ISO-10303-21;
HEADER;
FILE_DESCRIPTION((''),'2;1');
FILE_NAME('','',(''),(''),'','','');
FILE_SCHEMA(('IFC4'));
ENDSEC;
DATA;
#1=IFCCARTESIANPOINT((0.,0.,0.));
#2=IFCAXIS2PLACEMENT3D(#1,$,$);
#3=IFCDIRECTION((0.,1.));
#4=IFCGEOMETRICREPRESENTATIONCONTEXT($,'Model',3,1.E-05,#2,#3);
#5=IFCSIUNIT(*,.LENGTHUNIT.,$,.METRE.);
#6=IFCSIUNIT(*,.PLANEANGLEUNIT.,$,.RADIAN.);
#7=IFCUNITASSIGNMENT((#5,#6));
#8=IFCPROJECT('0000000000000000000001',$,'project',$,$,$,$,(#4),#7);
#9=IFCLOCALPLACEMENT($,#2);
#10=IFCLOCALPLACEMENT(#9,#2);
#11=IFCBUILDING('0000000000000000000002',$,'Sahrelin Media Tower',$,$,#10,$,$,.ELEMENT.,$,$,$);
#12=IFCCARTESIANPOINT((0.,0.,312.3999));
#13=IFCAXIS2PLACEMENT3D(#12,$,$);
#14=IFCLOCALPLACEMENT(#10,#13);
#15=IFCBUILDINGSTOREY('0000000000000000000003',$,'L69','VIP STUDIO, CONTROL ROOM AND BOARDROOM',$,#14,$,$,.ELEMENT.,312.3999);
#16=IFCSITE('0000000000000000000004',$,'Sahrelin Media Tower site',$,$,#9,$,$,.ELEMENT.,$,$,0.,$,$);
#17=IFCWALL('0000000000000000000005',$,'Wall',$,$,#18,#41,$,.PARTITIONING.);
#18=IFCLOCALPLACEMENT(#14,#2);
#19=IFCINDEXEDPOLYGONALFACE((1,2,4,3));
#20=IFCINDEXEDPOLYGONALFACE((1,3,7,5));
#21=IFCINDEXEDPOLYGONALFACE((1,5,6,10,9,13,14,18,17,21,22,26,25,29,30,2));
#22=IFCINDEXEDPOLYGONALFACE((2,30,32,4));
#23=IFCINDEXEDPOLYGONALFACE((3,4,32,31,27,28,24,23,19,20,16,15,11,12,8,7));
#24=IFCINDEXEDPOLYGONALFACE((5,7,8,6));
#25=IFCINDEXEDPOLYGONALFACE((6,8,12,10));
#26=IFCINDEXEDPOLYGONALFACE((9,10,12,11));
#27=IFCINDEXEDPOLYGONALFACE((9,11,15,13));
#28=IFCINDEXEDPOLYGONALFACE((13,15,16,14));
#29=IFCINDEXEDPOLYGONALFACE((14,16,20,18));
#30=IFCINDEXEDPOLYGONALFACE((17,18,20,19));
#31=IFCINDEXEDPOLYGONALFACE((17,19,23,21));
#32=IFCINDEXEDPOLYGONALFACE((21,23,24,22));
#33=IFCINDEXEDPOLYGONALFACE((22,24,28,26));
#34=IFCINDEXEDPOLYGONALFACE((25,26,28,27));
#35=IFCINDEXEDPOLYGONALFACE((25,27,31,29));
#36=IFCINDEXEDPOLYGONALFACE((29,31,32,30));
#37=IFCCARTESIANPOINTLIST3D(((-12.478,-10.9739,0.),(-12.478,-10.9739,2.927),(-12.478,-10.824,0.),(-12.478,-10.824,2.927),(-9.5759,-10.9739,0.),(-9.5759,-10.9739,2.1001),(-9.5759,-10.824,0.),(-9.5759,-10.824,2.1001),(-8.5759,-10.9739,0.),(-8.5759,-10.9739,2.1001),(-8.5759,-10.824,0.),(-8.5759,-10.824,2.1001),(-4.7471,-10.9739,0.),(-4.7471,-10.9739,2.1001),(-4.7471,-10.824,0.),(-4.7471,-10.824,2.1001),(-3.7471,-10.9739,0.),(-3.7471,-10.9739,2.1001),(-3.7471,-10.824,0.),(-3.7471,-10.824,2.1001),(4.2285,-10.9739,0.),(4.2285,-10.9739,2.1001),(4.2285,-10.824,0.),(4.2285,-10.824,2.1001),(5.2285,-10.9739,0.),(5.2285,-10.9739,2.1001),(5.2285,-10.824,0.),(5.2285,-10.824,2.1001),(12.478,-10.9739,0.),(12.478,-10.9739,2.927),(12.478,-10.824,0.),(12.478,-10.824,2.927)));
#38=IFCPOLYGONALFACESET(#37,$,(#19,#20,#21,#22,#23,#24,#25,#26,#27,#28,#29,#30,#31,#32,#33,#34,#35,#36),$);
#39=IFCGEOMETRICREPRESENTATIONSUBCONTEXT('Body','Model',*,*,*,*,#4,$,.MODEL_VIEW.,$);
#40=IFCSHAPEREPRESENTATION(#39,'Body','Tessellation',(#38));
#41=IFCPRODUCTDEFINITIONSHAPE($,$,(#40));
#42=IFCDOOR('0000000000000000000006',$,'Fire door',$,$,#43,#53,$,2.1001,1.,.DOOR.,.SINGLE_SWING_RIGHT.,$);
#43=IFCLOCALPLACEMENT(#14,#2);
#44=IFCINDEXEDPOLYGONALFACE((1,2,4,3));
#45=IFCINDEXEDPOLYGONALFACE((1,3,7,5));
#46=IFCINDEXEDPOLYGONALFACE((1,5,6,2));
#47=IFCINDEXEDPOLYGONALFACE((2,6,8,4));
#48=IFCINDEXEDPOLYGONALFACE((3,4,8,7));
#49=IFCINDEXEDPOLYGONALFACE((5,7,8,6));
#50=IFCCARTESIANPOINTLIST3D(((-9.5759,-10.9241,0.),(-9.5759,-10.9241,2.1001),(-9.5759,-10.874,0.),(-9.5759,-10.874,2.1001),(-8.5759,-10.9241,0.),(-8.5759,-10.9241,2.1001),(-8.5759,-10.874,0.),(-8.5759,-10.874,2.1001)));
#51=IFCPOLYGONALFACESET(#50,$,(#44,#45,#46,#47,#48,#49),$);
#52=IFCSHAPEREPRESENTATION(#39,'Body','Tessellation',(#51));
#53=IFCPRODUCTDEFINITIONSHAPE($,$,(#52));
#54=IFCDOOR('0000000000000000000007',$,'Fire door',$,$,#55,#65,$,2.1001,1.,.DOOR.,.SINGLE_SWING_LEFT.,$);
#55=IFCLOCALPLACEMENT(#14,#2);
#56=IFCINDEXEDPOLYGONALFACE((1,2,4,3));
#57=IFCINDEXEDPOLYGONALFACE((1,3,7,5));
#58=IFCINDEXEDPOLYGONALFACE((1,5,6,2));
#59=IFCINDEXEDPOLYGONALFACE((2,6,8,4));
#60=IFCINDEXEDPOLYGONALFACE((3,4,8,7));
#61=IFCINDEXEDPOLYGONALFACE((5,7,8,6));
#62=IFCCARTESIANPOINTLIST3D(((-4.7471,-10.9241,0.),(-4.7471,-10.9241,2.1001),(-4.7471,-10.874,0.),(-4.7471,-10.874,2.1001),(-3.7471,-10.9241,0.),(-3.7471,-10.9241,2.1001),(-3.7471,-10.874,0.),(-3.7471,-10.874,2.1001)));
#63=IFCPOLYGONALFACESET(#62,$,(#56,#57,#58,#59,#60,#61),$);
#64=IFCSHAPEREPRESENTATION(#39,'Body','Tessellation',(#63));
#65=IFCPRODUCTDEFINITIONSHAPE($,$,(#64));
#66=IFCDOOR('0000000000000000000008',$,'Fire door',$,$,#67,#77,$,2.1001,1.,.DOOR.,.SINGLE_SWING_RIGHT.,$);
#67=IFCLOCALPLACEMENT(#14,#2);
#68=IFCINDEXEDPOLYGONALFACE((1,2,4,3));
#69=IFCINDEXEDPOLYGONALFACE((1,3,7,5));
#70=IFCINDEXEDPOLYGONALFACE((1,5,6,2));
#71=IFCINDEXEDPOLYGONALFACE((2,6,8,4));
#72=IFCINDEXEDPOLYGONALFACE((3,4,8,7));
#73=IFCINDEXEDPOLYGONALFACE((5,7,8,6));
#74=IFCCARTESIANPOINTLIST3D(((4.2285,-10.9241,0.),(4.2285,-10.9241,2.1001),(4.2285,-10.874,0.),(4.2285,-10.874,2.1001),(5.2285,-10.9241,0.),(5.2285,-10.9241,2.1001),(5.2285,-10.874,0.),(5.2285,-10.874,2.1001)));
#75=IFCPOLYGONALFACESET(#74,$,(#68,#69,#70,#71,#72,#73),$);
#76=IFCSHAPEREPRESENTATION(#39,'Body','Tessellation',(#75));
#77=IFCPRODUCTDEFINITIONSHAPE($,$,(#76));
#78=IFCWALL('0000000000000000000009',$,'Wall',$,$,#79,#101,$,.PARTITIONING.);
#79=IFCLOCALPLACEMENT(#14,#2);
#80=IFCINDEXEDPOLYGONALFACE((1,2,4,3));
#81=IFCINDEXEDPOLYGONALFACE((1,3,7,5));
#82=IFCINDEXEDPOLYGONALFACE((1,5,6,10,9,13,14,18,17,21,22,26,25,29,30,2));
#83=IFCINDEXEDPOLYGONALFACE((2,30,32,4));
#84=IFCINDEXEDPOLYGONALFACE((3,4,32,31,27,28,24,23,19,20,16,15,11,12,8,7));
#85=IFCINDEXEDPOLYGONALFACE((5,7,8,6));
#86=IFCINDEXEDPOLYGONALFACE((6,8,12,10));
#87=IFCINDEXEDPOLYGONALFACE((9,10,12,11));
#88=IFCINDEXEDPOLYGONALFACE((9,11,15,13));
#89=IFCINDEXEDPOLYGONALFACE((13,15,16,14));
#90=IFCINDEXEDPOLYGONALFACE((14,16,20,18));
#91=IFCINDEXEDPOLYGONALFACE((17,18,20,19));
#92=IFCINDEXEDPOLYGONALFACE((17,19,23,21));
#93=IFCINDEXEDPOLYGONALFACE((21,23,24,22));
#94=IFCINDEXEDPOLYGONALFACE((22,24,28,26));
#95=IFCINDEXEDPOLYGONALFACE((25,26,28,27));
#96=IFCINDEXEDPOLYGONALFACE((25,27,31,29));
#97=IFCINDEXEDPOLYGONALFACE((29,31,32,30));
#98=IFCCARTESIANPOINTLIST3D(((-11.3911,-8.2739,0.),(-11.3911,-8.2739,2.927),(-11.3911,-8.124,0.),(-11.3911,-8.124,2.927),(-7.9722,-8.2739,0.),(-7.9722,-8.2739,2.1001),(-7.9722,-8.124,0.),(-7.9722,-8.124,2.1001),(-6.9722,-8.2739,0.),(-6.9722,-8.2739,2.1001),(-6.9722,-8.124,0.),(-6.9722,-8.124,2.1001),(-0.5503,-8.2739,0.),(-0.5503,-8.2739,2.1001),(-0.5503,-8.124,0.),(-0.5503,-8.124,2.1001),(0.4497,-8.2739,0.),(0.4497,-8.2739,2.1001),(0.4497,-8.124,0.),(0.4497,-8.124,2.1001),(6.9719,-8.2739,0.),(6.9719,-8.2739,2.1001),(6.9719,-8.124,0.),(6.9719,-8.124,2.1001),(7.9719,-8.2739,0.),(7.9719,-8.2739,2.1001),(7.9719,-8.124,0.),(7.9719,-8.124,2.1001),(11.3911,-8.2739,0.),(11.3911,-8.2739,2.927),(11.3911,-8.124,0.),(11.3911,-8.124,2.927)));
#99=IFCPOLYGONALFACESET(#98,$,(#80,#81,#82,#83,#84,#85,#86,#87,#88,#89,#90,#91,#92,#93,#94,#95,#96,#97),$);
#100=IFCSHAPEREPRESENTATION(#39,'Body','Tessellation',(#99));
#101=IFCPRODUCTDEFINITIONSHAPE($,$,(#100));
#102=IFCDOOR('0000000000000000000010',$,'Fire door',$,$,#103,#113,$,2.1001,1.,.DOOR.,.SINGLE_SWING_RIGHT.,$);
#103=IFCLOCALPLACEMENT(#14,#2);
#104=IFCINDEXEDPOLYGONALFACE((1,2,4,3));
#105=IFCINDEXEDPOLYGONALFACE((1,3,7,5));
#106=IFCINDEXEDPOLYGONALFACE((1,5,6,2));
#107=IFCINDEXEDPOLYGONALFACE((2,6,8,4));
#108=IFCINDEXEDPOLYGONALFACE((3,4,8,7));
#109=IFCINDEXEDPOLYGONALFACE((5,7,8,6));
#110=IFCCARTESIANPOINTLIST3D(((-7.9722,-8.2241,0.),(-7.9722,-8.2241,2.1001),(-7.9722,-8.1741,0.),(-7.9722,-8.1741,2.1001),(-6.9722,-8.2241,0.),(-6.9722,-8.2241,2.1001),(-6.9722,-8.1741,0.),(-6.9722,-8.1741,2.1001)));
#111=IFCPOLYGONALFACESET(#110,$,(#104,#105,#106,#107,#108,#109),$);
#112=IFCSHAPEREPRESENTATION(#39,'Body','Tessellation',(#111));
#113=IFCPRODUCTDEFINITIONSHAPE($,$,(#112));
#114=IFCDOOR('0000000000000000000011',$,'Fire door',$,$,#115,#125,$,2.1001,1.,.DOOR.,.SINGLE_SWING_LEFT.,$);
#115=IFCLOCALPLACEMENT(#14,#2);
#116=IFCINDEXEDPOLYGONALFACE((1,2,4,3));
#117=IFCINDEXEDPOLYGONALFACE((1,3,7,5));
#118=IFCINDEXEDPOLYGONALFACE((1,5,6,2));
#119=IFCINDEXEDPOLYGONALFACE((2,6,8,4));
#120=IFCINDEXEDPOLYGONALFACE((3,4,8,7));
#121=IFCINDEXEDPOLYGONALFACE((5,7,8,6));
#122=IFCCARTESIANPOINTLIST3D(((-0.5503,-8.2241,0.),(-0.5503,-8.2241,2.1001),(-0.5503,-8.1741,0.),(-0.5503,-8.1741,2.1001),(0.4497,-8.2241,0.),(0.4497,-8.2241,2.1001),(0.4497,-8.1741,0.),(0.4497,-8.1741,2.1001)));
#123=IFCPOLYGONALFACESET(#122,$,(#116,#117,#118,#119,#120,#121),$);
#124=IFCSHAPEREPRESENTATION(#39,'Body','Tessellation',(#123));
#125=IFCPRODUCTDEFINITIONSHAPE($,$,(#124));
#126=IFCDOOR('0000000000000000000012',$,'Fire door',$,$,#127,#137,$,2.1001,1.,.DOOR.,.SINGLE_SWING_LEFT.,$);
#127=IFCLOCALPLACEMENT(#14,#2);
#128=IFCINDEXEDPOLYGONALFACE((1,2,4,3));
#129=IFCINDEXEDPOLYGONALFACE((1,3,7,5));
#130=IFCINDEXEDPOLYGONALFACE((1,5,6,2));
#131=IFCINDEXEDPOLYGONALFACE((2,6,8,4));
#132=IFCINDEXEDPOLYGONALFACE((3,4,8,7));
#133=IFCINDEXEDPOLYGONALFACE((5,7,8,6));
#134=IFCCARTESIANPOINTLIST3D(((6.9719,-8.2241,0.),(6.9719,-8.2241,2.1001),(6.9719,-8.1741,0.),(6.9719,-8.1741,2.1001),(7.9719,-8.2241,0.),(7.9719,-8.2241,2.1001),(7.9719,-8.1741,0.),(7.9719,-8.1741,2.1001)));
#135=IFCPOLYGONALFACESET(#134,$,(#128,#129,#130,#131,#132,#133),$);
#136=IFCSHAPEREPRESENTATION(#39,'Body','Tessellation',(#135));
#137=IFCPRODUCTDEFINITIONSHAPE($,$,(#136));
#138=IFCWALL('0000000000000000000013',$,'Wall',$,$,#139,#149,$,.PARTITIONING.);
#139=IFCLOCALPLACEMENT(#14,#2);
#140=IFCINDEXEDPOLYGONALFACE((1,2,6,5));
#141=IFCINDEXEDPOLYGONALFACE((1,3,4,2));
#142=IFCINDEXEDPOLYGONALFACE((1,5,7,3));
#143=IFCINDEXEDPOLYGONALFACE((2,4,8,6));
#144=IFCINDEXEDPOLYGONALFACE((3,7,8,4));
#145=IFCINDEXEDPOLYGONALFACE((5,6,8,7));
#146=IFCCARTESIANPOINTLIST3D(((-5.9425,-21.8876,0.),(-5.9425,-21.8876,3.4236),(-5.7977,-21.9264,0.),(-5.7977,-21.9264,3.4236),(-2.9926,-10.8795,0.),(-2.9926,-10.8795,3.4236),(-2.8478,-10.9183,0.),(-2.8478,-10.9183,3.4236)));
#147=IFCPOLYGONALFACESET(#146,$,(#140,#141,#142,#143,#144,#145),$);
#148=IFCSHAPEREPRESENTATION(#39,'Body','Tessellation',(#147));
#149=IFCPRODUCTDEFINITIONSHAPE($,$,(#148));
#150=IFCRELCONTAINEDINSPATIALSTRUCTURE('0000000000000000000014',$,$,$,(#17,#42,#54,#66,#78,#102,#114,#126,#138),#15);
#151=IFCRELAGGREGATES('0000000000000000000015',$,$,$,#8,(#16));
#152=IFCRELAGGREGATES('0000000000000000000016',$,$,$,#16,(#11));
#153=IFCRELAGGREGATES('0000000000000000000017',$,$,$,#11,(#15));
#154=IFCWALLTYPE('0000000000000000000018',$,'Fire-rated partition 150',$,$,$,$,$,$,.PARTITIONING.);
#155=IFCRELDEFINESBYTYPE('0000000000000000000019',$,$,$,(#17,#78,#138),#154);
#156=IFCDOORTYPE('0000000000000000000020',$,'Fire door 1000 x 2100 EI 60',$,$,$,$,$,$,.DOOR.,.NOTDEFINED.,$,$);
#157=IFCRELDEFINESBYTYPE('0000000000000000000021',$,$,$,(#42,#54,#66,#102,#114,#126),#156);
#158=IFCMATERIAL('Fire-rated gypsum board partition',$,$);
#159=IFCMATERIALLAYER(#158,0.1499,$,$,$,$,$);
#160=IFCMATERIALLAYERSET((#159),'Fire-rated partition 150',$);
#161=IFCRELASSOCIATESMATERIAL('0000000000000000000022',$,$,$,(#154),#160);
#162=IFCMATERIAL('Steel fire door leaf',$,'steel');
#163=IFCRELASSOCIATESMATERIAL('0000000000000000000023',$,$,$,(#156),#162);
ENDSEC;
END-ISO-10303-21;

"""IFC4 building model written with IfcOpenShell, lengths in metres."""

from ifc_helpers import new_model, si_unit, direction, frame, frame_2d, origin, place, context, subcontext, project, spatial, rectangle, extrude, material, layer, layer_set, type_object, element, fill, save


model = new_model("IFC4")

# Units and contexts
model_context = context("Model", 3, precision=1e-05, world=origin(), true_north=direction((0.0, 1.0)))
body_context = subcontext(model_context, "Body", "Model", "MODEL_VIEW")
ifc_project = project(units=[si_unit("LENGTHUNIT", "METRE"), si_unit("PLANEANGLEUNIT", "RADIAN")], contexts=[model_context])

# Site, building, storey
site_placement = place(None, origin())
site = spatial("IfcSite", under=ifc_project, at=site_placement, Name="Sahrelin Media Tower site", CompositionType="ELEMENT", RefElevation=0.0)
building_placement = place(site_placement, origin())
building = spatial("IfcBuilding", under=site, at=building_placement, Name="Sahrelin Media Tower", CompositionType="ELEMENT")
storey_placement = place(building_placement, frame((0.0, 0.0, 312.3999)))
storey = spatial("IfcBuildingStorey", under=building, at=storey_placement, Name="L69", Description="VIP STUDIO, CONTROL ROOM AND BOARDROOM", CompositionType="ELEMENT", Elevation=312.3999)

# Walls, openings, doors
ifc_material_1 = material(Name="Fire-rated gypsum board partition")
ifc_layer_1 = layer(ifc_material_1, 0.1499)
ifc_layer_set_1 = layer_set([ifc_layer_1], Name="Fire-rated partition 150")
wall_type_1 = type_object("IfcWallType", Name="Fire-rated partition 150", PredefinedType="PARTITIONING", material=ifc_layer_set_1)
wall_1_placement = place(storey_placement, frame((-12.478, -10.8989, 0.0), z_axis=(0.0, 0.0, 1.0), x_axis=(1.0, 0.0, 0.0)))
wall_1 = element("IfcWall", 1, at=wall_1_placement, inside=storey, type_object=wall_type_1, Name="Wall", PredefinedType="PARTITIONING", context=body_context, shape_type="SweptSolid", body=[
    extrude(rectangle(XDim=24.9561, YDim=0.1499, at=frame_2d((12.478, 0.0))), origin(), (0.0, 0.0, 1.0), 2.927),
])
opening_1_placement = place(wall_1_placement, frame((2.9021, 0.0, 0.0)))
opening_1 = element("IfcOpeningElement", 2, at=opening_1_placement, cuts=wall_1, PredefinedType="OPENING", context=body_context, shape_type="SweptSolid", body=[
    extrude(rectangle(XDim=1.0, YDim=2.1001, at=frame_2d((0.5, 1.05))), frame((0.0, 0.075, 0.0), z_axis=(0.0, -1.0, 0.0), x_axis=(1.0, 0.0, 0.0)), (0.0, 0.0, 1.0), 0.1499),
])
opening_2_placement = place(wall_1_placement, frame((7.731, 0.0, 0.0)))
opening_2 = element("IfcOpeningElement", 3, at=opening_2_placement, cuts=wall_1, PredefinedType="OPENING", context=body_context, shape_type="SweptSolid", body=[
    extrude(rectangle(XDim=1.0, YDim=2.1001, at=frame_2d((0.5, 1.05))), frame((0.0, 0.075, 0.0), z_axis=(0.0, -1.0, 0.0), x_axis=(1.0, 0.0, 0.0)), (0.0, 0.0, 1.0), 0.1499),
])
opening_3_placement = place(wall_1_placement, frame((16.7065, 0.0, 0.0)))
opening_3 = element("IfcOpeningElement", 4, at=opening_3_placement, cuts=wall_1, PredefinedType="OPENING", context=body_context, shape_type="SweptSolid", body=[
    extrude(rectangle(XDim=1.0, YDim=2.1001, at=frame_2d((0.5, 1.05))), frame((0.0, 0.075, 0.0), z_axis=(0.0, -1.0, 0.0), x_axis=(1.0, 0.0, 0.0)), (0.0, 0.0, 1.0), 0.1499),
])
ifc_material_2 = material(Name="Steel fire door leaf", Category="steel")
door_type_1 = type_object("IfcDoorType", Name="Fire door 1000 x 2100 EI 60", OperationType="NOTDEFINED", PredefinedType="DOOR", material=ifc_material_2)
door_1_placement = place(opening_1_placement, origin())
door_1 = element("IfcDoor", 5, at=door_1_placement, inside=storey, type_object=door_type_1, Name="Fire door", OperationType="SINGLE_SWING_RIGHT", OverallHeight=2.1001, OverallWidth=1.0, PredefinedType="DOOR", context=body_context, shape_type="SweptSolid", body=[
    extrude(rectangle(XDim=1.0, YDim=2.1001, at=frame_2d((0.5, 1.05))), frame((0.0, 0.0249, 0.0), z_axis=(0.0, -1.0, 0.0), x_axis=(1.0, 0.0, 0.0)), (0.0, 0.0, 1.0), 0.05),
])
fill(opening_1, door_1)
door_2_placement = place(opening_2_placement, origin())
door_2 = element("IfcDoor", 6, at=door_2_placement, inside=storey, type_object=door_type_1, Name="Fire door", OperationType="SINGLE_SWING_LEFT", OverallHeight=2.1001, OverallWidth=1.0, PredefinedType="DOOR", context=body_context, shape_type="SweptSolid", body=[
    extrude(rectangle(XDim=1.0, YDim=2.1001, at=frame_2d((0.5, 1.05))), frame((0.0, 0.0249, 0.0), z_axis=(0.0, -1.0, 0.0), x_axis=(1.0, 0.0, 0.0)), (0.0, 0.0, 1.0), 0.05),
])
fill(opening_2, door_2)
door_3_placement = place(opening_3_placement, origin())
door_3 = element("IfcDoor", 7, at=door_3_placement, inside=storey, type_object=door_type_1, Name="Fire door", OperationType="SINGLE_SWING_RIGHT", OverallHeight=2.1001, OverallWidth=1.0, PredefinedType="DOOR", context=body_context, shape_type="SweptSolid", body=[
    extrude(rectangle(XDim=1.0, YDim=2.1001, at=frame_2d((0.5, 1.05))), frame((0.0, 0.0249, 0.0), z_axis=(0.0, -1.0, 0.0), x_axis=(1.0, 0.0, 0.0)), (0.0, 0.0, 1.0), 0.05),
])
fill(opening_3, door_3)
wall_2_placement = place(storey_placement, frame((-11.3911, -8.199, 0.0), z_axis=(0.0, 0.0, 1.0), x_axis=(1.0, 0.0, 0.0)))
wall_2 = element("IfcWall", 8, at=wall_2_placement, inside=storey, type_object=wall_type_1, Name="Wall", PredefinedType="PARTITIONING", context=body_context, shape_type="SweptSolid", body=[
    extrude(rectangle(XDim=22.7822, YDim=0.1499, at=frame_2d((11.3911, 0.0))), origin(), (0.0, 0.0, 1.0), 2.927),
])
opening_4_placement = place(wall_2_placement, frame((3.4189, 0.0, 0.0)))
opening_4 = element("IfcOpeningElement", 9, at=opening_4_placement, cuts=wall_2, PredefinedType="OPENING", context=body_context, shape_type="SweptSolid", body=[
    extrude(rectangle(XDim=1.0, YDim=2.1001, at=frame_2d((0.5, 1.05))), frame((0.0, 0.075, 0.0), z_axis=(0.0, -1.0, 0.0), x_axis=(1.0, 0.0, 0.0)), (0.0, 0.0, 1.0), 0.1499),
])
opening_5_placement = place(wall_2_placement, frame((10.8408, 0.0, 0.0)))
opening_5 = element("IfcOpeningElement", 10, at=opening_5_placement, cuts=wall_2, PredefinedType="OPENING", context=body_context, shape_type="SweptSolid", body=[
    extrude(rectangle(XDim=1.0, YDim=2.1001, at=frame_2d((0.5, 1.05))), frame((0.0, 0.075, 0.0), z_axis=(0.0, -1.0, 0.0), x_axis=(1.0, 0.0, 0.0)), (0.0, 0.0, 1.0), 0.1499),
])
opening_6_placement = place(wall_2_placement, frame((18.363, 0.0, 0.0)))
opening_6 = element("IfcOpeningElement", 11, at=opening_6_placement, cuts=wall_2, PredefinedType="OPENING", context=body_context, shape_type="SweptSolid", body=[
    extrude(rectangle(XDim=1.0, YDim=2.1001, at=frame_2d((0.5, 1.05))), frame((0.0, 0.075, 0.0), z_axis=(0.0, -1.0, 0.0), x_axis=(1.0, 0.0, 0.0)), (0.0, 0.0, 1.0), 0.1499),
])
door_4_placement = place(opening_4_placement, origin())
door_4 = element("IfcDoor", 12, at=door_4_placement, inside=storey, type_object=door_type_1, Name="Fire door", OperationType="SINGLE_SWING_RIGHT", OverallHeight=2.1001, OverallWidth=1.0, PredefinedType="DOOR", context=body_context, shape_type="SweptSolid", body=[
    extrude(rectangle(XDim=1.0, YDim=2.1001, at=frame_2d((0.5, 1.05))), frame((0.0, 0.0249, 0.0), z_axis=(0.0, -1.0, 0.0), x_axis=(1.0, 0.0, 0.0)), (0.0, 0.0, 1.0), 0.05),
])
fill(opening_4, door_4)
door_5_placement = place(opening_5_placement, origin())
door_5 = element("IfcDoor", 13, at=door_5_placement, inside=storey, type_object=door_type_1, Name="Fire door", OperationType="SINGLE_SWING_LEFT", OverallHeight=2.1001, OverallWidth=1.0, PredefinedType="DOOR", context=body_context, shape_type="SweptSolid", body=[
    extrude(rectangle(XDim=1.0, YDim=2.1001, at=frame_2d((0.5, 1.05))), frame((0.0, 0.0249, 0.0), z_axis=(0.0, -1.0, 0.0), x_axis=(1.0, 0.0, 0.0)), (0.0, 0.0, 1.0), 0.05),
])
fill(opening_5, door_5)
door_6_placement = place(opening_6_placement, origin())
door_6 = element("IfcDoor", 14, at=door_6_placement, inside=storey, type_object=door_type_1, Name="Fire door", OperationType="SINGLE_SWING_LEFT", OverallHeight=2.1001, OverallWidth=1.0, PredefinedType="DOOR", context=body_context, shape_type="SweptSolid", body=[
    extrude(rectangle(XDim=1.0, YDim=2.1001, at=frame_2d((0.5, 1.05))), frame((0.0, 0.0249, 0.0), z_axis=(0.0, -1.0, 0.0), x_axis=(1.0, 0.0, 0.0)), (0.0, 0.0, 1.0), 0.05),
])
fill(opening_6, door_6)

# Wall
wall_3_placement = place(storey_placement, frame((-5.8701, -21.907, 0.0), z_axis=(0.0, 0.0, 1.0), x_axis=(0.258848, 0.965918, 0.0)))
element("IfcWall", 15, at=wall_3_placement, inside=storey, type_object=wall_type_1, Name="Wall", PredefinedType="PARTITIONING", context=body_context, shape_type="SweptSolid", body=[
    extrude(rectangle(XDim=11.3965, YDim=0.1499, at=frame_2d((5.6982, 0.0))), origin(), (0.0, 0.0, 1.0), 3.4236),
])

save(model, "model.ifc")
